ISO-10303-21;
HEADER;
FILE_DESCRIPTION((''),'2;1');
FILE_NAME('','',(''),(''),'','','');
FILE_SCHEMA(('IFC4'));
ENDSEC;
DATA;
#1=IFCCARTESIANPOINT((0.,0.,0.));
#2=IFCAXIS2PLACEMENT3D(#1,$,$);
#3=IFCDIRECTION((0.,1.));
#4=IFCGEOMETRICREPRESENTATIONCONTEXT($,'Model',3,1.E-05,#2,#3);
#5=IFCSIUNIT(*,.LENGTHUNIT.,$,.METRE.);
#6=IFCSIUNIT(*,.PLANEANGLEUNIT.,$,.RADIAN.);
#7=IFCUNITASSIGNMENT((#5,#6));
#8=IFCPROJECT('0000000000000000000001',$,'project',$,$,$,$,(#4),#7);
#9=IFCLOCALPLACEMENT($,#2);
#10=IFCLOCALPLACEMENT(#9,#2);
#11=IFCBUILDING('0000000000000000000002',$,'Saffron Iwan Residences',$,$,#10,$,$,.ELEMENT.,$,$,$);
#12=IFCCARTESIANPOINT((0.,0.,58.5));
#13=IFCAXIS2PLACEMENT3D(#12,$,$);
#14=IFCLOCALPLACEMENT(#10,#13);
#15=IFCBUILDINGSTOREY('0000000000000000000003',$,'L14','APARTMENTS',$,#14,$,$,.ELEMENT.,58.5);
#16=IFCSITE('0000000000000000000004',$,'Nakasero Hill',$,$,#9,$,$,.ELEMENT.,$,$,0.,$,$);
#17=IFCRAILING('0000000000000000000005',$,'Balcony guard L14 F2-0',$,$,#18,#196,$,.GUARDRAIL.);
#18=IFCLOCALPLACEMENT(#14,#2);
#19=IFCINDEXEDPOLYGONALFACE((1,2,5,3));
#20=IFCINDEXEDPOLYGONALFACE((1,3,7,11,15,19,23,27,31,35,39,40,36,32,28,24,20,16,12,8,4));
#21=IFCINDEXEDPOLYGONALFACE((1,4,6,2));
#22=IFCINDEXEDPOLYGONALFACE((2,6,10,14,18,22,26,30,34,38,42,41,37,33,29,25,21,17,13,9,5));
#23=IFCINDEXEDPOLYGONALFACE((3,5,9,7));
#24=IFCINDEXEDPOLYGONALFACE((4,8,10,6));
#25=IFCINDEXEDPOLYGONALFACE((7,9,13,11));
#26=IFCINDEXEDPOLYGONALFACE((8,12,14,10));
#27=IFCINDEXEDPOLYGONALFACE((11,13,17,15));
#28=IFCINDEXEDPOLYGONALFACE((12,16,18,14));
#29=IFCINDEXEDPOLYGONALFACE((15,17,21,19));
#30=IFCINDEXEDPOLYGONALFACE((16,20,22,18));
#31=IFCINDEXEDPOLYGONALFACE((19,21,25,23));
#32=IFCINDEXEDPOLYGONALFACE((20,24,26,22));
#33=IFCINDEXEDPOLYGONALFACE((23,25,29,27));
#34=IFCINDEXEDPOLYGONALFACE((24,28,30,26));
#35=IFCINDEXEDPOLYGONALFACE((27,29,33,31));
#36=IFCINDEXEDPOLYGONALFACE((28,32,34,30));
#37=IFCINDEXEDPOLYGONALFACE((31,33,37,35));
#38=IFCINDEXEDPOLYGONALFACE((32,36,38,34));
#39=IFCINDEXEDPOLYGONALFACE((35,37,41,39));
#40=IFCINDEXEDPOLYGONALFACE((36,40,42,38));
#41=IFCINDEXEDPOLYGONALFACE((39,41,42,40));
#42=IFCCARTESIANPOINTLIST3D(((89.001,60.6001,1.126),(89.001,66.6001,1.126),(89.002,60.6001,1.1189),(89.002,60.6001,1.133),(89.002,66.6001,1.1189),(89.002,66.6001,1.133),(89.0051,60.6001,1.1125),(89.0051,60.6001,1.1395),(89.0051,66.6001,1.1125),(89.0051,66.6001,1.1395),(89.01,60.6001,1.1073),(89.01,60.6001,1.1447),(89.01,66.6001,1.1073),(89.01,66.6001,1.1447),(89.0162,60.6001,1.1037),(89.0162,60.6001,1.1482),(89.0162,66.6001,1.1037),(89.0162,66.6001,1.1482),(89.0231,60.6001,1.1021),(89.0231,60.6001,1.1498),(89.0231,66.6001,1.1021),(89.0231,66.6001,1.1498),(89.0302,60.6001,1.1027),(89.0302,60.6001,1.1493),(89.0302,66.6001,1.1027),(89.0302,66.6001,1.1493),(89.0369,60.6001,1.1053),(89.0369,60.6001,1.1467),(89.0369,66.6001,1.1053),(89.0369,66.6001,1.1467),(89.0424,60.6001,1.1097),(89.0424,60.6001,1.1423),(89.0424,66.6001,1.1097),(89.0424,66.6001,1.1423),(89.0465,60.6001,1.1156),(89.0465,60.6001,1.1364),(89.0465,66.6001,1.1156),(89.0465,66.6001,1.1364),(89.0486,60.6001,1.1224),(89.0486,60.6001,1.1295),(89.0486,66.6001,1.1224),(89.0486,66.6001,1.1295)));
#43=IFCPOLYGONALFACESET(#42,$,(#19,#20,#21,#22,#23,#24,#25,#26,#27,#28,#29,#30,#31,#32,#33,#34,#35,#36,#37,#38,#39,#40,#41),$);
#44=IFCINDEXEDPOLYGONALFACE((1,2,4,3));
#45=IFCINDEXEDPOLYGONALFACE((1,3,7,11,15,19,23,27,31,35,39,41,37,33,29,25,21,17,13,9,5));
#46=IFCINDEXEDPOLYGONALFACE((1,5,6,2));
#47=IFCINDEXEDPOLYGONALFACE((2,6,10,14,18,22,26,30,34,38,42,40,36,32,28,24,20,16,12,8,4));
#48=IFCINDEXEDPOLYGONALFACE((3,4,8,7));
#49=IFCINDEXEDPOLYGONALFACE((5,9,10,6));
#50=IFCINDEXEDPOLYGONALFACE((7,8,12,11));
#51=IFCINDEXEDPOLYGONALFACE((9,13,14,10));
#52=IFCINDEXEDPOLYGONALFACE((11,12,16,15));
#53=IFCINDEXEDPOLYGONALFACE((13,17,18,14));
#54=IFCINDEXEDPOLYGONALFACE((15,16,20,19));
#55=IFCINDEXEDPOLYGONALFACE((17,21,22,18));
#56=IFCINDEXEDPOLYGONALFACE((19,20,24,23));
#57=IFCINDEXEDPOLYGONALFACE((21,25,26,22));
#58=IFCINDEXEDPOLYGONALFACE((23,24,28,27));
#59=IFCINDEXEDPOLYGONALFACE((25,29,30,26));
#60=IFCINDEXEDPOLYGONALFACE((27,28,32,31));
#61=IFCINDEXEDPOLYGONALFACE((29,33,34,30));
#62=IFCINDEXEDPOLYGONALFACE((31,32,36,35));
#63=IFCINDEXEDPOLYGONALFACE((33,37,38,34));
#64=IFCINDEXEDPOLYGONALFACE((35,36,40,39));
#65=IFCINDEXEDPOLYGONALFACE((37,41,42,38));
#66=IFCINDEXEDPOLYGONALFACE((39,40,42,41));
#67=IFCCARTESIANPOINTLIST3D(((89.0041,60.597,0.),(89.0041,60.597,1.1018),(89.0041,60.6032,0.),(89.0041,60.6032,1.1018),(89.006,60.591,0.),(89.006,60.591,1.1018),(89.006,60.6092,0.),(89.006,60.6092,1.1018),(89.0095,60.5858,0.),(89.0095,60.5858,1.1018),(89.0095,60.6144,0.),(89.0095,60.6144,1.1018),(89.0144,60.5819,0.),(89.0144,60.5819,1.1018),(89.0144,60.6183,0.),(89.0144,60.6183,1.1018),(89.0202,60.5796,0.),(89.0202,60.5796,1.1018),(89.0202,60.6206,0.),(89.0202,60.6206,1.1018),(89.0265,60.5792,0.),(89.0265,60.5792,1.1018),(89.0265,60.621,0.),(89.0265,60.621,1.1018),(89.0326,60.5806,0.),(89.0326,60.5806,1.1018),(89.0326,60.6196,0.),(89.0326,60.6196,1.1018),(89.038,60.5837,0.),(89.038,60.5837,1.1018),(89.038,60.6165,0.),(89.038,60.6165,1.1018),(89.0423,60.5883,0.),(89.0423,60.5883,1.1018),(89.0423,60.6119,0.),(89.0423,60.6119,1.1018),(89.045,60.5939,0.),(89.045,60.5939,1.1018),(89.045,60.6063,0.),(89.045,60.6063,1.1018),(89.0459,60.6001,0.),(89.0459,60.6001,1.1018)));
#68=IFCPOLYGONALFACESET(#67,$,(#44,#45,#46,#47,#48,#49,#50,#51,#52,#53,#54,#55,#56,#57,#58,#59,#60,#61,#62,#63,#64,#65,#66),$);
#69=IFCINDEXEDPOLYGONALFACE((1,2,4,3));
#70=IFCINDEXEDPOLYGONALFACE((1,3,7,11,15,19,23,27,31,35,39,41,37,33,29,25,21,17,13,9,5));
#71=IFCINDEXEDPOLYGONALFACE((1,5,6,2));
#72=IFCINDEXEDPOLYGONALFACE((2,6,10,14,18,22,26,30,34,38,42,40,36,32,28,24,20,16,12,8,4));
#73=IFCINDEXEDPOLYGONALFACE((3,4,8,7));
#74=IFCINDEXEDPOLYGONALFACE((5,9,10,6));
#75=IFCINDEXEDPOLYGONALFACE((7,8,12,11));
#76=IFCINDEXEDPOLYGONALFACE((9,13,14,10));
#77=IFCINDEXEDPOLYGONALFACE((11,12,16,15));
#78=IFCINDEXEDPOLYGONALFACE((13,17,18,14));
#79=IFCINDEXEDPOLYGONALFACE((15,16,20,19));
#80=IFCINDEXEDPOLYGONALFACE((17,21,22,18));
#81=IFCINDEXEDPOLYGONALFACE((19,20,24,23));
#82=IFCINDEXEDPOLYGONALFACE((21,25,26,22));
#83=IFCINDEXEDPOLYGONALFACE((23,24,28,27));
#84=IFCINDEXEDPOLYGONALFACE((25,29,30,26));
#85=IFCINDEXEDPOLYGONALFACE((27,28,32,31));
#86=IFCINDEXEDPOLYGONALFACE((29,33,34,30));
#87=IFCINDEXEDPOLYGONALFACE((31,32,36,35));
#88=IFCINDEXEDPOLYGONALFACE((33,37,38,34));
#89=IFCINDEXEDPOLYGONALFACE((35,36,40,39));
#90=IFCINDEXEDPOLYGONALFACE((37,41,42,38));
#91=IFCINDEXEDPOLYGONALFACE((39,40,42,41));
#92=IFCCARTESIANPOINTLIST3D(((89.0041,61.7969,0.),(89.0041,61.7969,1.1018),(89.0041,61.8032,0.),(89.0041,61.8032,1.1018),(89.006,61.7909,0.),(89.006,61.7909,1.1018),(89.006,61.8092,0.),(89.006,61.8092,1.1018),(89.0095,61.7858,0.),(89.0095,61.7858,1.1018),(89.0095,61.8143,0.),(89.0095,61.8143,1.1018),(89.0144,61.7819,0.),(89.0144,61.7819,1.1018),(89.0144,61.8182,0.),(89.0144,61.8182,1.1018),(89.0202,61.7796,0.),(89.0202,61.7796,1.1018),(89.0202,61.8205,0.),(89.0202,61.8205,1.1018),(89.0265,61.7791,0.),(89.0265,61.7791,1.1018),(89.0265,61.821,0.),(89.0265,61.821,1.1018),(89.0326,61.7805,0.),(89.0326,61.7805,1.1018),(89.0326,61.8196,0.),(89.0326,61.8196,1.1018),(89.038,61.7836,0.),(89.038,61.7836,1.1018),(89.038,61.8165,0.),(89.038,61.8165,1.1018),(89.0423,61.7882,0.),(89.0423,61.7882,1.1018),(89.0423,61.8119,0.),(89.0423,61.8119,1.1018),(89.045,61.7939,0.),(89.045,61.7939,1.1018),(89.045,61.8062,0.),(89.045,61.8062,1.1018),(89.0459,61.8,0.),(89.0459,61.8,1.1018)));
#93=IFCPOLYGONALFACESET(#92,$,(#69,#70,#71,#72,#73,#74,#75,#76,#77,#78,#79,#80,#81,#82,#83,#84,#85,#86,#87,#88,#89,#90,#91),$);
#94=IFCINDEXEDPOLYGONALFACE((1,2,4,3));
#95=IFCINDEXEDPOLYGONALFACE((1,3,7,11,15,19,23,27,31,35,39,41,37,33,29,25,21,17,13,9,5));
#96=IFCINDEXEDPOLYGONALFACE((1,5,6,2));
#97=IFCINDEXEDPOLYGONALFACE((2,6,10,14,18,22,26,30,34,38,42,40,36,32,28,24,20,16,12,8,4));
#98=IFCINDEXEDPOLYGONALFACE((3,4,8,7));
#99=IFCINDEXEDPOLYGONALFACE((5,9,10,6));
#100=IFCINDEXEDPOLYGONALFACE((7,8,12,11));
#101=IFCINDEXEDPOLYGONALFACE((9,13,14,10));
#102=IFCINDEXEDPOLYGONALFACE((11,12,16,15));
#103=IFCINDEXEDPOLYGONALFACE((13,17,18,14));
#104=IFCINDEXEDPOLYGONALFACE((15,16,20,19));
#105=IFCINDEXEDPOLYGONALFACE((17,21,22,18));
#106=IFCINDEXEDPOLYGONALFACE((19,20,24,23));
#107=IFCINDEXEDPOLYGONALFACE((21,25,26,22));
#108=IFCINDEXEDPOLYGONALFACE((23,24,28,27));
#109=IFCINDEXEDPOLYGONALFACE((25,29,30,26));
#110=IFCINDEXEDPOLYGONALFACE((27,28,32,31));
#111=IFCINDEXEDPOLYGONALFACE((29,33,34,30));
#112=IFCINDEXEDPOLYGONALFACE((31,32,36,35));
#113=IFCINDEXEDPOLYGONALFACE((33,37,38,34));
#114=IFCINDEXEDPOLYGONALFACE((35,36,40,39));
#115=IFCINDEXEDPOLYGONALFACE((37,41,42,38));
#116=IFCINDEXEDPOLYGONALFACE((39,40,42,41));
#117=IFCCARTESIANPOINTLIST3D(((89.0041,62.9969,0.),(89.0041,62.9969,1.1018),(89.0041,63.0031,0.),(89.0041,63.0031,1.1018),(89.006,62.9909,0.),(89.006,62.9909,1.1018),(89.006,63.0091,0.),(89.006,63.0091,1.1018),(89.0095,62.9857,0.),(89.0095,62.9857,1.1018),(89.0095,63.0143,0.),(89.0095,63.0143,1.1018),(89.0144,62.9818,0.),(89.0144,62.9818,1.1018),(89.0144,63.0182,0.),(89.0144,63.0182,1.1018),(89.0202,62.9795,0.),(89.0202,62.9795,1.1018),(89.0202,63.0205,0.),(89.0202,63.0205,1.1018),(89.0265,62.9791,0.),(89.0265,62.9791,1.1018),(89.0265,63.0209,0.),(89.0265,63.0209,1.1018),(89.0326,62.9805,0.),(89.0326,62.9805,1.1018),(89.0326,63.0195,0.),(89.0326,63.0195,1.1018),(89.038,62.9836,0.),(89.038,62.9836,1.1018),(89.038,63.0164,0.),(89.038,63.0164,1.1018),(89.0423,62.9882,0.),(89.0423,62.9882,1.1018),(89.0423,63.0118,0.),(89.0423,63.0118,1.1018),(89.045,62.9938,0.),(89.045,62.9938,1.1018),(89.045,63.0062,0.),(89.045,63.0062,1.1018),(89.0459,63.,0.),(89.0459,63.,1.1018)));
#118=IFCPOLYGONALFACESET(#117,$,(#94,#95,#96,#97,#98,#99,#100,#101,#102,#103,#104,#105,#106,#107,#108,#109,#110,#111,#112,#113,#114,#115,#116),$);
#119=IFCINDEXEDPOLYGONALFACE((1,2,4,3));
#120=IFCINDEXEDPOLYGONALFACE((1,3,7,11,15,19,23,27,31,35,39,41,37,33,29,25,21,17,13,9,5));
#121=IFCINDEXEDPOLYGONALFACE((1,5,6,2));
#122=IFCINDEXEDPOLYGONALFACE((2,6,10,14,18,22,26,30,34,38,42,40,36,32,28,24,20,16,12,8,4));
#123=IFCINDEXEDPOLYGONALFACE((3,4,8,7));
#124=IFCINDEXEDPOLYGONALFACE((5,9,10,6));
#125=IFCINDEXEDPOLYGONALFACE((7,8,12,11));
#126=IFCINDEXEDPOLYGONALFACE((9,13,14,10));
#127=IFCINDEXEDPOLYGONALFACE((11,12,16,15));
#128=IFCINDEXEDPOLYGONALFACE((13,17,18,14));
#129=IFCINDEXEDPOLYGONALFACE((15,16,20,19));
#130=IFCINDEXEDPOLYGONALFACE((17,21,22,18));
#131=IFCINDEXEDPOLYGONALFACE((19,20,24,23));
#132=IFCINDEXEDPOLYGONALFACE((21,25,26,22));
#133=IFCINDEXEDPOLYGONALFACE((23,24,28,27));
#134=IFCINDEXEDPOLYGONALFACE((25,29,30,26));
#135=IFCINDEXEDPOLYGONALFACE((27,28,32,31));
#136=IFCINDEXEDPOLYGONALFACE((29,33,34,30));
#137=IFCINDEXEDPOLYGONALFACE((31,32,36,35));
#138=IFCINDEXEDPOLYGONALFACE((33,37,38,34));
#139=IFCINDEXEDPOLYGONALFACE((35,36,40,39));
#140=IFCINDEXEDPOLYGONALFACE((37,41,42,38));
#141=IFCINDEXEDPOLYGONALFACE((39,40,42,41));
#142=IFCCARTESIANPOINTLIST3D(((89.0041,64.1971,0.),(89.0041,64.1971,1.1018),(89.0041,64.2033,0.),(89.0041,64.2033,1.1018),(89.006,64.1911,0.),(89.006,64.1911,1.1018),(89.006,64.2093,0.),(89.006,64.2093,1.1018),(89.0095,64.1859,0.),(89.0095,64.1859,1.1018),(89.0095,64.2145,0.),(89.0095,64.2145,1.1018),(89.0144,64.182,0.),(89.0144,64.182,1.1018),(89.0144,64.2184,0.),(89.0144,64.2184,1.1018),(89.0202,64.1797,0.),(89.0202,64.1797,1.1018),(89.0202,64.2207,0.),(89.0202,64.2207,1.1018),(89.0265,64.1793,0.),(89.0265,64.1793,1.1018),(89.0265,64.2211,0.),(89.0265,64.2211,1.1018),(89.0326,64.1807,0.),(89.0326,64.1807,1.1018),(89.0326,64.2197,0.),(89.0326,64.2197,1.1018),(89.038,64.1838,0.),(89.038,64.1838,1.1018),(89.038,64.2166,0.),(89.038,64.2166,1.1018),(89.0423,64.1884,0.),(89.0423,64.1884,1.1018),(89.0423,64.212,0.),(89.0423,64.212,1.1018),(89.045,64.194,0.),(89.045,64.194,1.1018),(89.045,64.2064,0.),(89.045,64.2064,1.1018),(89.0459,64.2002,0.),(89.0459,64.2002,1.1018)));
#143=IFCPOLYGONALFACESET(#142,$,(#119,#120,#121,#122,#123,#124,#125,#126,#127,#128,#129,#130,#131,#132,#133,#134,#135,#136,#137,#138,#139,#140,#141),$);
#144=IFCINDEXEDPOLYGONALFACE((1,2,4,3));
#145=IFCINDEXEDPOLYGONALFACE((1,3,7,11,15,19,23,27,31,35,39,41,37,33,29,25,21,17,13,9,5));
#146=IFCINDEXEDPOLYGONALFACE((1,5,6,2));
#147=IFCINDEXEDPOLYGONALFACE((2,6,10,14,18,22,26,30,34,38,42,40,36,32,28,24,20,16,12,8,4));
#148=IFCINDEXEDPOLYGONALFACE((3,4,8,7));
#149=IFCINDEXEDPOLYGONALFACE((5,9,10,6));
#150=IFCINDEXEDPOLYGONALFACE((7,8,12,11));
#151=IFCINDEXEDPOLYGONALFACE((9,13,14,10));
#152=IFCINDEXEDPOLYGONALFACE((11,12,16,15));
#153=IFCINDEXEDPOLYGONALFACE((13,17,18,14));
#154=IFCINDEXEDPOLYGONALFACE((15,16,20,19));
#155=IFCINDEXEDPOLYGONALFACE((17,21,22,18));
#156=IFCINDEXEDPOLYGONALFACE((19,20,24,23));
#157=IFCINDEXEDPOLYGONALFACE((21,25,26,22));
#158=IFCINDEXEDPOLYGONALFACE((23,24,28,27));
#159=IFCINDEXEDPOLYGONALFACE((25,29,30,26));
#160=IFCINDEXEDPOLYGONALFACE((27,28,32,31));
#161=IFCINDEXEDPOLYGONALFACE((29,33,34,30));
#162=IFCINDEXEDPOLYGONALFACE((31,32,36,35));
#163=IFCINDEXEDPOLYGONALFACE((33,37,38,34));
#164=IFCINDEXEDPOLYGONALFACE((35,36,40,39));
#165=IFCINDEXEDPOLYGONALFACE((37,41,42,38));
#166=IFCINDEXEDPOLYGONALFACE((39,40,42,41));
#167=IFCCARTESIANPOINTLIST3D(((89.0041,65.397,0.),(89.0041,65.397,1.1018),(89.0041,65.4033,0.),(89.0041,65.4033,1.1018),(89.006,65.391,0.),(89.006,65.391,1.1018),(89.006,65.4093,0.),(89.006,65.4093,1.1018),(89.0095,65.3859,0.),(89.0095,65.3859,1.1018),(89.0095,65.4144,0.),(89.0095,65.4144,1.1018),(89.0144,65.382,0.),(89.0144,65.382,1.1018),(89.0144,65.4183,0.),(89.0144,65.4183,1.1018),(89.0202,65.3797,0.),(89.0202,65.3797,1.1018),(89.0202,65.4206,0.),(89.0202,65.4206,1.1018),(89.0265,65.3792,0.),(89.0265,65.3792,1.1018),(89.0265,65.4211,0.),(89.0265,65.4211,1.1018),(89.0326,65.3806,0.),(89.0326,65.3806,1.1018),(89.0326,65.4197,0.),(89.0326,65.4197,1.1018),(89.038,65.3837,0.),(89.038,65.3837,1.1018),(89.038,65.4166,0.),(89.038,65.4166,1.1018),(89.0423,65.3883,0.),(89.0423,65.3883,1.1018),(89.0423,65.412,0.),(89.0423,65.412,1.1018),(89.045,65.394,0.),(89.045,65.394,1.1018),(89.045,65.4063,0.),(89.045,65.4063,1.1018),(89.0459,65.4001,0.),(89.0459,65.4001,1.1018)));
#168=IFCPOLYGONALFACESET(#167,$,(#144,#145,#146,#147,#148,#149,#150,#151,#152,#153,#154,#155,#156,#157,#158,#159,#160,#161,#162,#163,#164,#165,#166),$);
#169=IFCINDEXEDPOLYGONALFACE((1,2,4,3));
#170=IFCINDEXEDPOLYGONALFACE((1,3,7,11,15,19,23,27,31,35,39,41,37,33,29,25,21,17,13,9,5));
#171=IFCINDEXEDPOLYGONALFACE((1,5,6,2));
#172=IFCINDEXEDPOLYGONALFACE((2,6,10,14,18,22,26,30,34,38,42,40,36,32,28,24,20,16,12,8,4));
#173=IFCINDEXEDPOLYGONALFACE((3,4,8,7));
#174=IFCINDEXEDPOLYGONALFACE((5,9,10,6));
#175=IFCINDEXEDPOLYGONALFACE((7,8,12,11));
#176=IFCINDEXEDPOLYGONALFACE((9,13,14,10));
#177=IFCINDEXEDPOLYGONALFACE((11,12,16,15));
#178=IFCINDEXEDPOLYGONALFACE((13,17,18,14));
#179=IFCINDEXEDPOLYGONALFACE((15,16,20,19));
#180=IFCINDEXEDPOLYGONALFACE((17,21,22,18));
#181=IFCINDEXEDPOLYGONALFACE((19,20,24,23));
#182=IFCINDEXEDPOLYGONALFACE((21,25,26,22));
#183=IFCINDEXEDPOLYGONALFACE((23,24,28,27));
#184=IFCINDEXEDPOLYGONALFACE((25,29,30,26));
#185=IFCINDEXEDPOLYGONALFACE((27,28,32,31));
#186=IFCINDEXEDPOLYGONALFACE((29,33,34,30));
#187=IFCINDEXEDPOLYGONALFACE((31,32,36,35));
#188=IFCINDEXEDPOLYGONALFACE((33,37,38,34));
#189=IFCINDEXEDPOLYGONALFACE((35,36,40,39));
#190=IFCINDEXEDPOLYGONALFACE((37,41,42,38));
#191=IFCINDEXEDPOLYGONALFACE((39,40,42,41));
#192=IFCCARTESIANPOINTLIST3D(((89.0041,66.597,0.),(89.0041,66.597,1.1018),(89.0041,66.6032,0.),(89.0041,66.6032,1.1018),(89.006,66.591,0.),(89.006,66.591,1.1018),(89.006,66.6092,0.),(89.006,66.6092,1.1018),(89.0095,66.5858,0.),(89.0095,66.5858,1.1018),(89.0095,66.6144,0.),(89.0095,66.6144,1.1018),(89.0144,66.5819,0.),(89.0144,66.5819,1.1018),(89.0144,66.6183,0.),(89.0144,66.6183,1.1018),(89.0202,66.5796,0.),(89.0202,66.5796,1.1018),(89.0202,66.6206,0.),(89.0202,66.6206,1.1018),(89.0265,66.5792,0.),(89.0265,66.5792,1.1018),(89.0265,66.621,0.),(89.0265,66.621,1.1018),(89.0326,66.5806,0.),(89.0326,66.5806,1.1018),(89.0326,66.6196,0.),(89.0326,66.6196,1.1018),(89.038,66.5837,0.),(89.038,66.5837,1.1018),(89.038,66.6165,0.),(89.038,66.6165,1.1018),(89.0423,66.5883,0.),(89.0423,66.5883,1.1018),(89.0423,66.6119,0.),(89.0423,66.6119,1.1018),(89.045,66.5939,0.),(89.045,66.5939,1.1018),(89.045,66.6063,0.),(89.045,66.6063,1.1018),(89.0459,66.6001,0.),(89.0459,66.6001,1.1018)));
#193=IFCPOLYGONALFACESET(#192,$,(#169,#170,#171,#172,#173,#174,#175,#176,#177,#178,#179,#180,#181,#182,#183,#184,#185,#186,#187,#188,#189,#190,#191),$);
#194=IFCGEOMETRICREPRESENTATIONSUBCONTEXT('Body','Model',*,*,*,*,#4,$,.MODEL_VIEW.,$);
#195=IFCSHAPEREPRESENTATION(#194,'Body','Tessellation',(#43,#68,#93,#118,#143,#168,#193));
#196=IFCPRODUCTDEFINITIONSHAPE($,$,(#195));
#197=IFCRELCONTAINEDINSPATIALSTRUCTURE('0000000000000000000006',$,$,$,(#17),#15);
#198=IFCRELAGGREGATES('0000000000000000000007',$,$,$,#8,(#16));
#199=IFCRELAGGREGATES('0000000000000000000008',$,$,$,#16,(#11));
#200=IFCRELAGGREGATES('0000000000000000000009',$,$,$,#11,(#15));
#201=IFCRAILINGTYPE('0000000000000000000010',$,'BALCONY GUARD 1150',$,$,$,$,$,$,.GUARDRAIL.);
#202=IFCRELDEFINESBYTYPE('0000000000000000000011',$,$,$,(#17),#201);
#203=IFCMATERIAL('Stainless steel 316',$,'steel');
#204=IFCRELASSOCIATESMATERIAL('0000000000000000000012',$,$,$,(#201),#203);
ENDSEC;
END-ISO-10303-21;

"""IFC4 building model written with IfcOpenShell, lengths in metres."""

from ifc_helpers import new_model, si_unit, direction, frame, origin, origin_2d, place, context, subcontext, project, spatial, circle, extrude, material, type_object, element, save


model = new_model("IFC4")

# Units and contexts
model_context = context("Model", 3, precision=1e-05, world=origin(), true_north=direction((0.0, 1.0)))
body_context = subcontext(model_context, "Body", "Model", "MODEL_VIEW")
ifc_project = project(units=[si_unit("LENGTHUNIT", "METRE"), si_unit("PLANEANGLEUNIT", "RADIAN")], contexts=[model_context])

# Site, building, storey
site_placement = place(None, origin())
site = spatial("IfcSite", under=ifc_project, at=site_placement, Name="Nakasero Hill", CompositionType="ELEMENT", RefElevation=0.0)
building_placement = place(site_placement, origin())
building = spatial("IfcBuilding", under=site, at=building_placement, Name="Saffron Iwan Residences", CompositionType="ELEMENT")
storey_placement = place(building_placement, frame((0.0, 0.0, 58.5)))
storey = spatial("IfcBuildingStorey", under=building, at=storey_placement, Name="L14", Description="APARTMENTS", CompositionType="ELEMENT", Elevation=58.5)

# Railing
ifc_material_1 = material(Name="Stainless steel 316", Category="steel")
railing_type = type_object("IfcRailingType", Name="BALCONY GUARD 1150", PredefinedType="GUARDRAIL", material=ifc_material_1)
railing_placement = place(storey_placement, frame((89.0249, 60.6001, 0.0)))
element("IfcRailing", 1, at=railing_placement, inside=storey, type_object=railing_type, Name="Balcony guard L14 F2-0", PredefinedType="GUARDRAIL", context=body_context, shape_type="SweptSolid", body=[
    extrude(circle(Radius=0.0239, at=origin_2d()), frame((0.0, 0.0, 1.126), z_axis=(0.0, 1.0, 0.0), x_axis=(-1.0, 0.0, 0.0)), (0.0, 0.0, 1.0), 6.0),
    extrude(circle(Radius=0.021, at=origin_2d()), origin(), (0.0, 0.0, 1.0), 1.1018),
    extrude(circle(Radius=0.021, at=origin_2d()), frame((0.0, 1.2, 0.0)), (0.0, 0.0, 1.0), 1.1018),
    extrude(circle(Radius=0.021, at=origin_2d()), frame((0.0, 2.3999, 0.0)), (0.0, 0.0, 1.0), 1.1018),
    extrude(circle(Radius=0.021, at=origin_2d()), frame((0.0, 3.6001, 0.0)), (0.0, 0.0, 1.0), 1.1018),
    extrude(circle(Radius=0.021, at=origin_2d()), frame((0.0, 4.8, 0.0)), (0.0, 0.0, 1.0), 1.1018),
    extrude(circle(Radius=0.021, at=origin_2d()), frame((0.0, 6.0, 0.0)), (0.0, 0.0, 1.0), 1.1018),
])

save(model, "model.ifc")
